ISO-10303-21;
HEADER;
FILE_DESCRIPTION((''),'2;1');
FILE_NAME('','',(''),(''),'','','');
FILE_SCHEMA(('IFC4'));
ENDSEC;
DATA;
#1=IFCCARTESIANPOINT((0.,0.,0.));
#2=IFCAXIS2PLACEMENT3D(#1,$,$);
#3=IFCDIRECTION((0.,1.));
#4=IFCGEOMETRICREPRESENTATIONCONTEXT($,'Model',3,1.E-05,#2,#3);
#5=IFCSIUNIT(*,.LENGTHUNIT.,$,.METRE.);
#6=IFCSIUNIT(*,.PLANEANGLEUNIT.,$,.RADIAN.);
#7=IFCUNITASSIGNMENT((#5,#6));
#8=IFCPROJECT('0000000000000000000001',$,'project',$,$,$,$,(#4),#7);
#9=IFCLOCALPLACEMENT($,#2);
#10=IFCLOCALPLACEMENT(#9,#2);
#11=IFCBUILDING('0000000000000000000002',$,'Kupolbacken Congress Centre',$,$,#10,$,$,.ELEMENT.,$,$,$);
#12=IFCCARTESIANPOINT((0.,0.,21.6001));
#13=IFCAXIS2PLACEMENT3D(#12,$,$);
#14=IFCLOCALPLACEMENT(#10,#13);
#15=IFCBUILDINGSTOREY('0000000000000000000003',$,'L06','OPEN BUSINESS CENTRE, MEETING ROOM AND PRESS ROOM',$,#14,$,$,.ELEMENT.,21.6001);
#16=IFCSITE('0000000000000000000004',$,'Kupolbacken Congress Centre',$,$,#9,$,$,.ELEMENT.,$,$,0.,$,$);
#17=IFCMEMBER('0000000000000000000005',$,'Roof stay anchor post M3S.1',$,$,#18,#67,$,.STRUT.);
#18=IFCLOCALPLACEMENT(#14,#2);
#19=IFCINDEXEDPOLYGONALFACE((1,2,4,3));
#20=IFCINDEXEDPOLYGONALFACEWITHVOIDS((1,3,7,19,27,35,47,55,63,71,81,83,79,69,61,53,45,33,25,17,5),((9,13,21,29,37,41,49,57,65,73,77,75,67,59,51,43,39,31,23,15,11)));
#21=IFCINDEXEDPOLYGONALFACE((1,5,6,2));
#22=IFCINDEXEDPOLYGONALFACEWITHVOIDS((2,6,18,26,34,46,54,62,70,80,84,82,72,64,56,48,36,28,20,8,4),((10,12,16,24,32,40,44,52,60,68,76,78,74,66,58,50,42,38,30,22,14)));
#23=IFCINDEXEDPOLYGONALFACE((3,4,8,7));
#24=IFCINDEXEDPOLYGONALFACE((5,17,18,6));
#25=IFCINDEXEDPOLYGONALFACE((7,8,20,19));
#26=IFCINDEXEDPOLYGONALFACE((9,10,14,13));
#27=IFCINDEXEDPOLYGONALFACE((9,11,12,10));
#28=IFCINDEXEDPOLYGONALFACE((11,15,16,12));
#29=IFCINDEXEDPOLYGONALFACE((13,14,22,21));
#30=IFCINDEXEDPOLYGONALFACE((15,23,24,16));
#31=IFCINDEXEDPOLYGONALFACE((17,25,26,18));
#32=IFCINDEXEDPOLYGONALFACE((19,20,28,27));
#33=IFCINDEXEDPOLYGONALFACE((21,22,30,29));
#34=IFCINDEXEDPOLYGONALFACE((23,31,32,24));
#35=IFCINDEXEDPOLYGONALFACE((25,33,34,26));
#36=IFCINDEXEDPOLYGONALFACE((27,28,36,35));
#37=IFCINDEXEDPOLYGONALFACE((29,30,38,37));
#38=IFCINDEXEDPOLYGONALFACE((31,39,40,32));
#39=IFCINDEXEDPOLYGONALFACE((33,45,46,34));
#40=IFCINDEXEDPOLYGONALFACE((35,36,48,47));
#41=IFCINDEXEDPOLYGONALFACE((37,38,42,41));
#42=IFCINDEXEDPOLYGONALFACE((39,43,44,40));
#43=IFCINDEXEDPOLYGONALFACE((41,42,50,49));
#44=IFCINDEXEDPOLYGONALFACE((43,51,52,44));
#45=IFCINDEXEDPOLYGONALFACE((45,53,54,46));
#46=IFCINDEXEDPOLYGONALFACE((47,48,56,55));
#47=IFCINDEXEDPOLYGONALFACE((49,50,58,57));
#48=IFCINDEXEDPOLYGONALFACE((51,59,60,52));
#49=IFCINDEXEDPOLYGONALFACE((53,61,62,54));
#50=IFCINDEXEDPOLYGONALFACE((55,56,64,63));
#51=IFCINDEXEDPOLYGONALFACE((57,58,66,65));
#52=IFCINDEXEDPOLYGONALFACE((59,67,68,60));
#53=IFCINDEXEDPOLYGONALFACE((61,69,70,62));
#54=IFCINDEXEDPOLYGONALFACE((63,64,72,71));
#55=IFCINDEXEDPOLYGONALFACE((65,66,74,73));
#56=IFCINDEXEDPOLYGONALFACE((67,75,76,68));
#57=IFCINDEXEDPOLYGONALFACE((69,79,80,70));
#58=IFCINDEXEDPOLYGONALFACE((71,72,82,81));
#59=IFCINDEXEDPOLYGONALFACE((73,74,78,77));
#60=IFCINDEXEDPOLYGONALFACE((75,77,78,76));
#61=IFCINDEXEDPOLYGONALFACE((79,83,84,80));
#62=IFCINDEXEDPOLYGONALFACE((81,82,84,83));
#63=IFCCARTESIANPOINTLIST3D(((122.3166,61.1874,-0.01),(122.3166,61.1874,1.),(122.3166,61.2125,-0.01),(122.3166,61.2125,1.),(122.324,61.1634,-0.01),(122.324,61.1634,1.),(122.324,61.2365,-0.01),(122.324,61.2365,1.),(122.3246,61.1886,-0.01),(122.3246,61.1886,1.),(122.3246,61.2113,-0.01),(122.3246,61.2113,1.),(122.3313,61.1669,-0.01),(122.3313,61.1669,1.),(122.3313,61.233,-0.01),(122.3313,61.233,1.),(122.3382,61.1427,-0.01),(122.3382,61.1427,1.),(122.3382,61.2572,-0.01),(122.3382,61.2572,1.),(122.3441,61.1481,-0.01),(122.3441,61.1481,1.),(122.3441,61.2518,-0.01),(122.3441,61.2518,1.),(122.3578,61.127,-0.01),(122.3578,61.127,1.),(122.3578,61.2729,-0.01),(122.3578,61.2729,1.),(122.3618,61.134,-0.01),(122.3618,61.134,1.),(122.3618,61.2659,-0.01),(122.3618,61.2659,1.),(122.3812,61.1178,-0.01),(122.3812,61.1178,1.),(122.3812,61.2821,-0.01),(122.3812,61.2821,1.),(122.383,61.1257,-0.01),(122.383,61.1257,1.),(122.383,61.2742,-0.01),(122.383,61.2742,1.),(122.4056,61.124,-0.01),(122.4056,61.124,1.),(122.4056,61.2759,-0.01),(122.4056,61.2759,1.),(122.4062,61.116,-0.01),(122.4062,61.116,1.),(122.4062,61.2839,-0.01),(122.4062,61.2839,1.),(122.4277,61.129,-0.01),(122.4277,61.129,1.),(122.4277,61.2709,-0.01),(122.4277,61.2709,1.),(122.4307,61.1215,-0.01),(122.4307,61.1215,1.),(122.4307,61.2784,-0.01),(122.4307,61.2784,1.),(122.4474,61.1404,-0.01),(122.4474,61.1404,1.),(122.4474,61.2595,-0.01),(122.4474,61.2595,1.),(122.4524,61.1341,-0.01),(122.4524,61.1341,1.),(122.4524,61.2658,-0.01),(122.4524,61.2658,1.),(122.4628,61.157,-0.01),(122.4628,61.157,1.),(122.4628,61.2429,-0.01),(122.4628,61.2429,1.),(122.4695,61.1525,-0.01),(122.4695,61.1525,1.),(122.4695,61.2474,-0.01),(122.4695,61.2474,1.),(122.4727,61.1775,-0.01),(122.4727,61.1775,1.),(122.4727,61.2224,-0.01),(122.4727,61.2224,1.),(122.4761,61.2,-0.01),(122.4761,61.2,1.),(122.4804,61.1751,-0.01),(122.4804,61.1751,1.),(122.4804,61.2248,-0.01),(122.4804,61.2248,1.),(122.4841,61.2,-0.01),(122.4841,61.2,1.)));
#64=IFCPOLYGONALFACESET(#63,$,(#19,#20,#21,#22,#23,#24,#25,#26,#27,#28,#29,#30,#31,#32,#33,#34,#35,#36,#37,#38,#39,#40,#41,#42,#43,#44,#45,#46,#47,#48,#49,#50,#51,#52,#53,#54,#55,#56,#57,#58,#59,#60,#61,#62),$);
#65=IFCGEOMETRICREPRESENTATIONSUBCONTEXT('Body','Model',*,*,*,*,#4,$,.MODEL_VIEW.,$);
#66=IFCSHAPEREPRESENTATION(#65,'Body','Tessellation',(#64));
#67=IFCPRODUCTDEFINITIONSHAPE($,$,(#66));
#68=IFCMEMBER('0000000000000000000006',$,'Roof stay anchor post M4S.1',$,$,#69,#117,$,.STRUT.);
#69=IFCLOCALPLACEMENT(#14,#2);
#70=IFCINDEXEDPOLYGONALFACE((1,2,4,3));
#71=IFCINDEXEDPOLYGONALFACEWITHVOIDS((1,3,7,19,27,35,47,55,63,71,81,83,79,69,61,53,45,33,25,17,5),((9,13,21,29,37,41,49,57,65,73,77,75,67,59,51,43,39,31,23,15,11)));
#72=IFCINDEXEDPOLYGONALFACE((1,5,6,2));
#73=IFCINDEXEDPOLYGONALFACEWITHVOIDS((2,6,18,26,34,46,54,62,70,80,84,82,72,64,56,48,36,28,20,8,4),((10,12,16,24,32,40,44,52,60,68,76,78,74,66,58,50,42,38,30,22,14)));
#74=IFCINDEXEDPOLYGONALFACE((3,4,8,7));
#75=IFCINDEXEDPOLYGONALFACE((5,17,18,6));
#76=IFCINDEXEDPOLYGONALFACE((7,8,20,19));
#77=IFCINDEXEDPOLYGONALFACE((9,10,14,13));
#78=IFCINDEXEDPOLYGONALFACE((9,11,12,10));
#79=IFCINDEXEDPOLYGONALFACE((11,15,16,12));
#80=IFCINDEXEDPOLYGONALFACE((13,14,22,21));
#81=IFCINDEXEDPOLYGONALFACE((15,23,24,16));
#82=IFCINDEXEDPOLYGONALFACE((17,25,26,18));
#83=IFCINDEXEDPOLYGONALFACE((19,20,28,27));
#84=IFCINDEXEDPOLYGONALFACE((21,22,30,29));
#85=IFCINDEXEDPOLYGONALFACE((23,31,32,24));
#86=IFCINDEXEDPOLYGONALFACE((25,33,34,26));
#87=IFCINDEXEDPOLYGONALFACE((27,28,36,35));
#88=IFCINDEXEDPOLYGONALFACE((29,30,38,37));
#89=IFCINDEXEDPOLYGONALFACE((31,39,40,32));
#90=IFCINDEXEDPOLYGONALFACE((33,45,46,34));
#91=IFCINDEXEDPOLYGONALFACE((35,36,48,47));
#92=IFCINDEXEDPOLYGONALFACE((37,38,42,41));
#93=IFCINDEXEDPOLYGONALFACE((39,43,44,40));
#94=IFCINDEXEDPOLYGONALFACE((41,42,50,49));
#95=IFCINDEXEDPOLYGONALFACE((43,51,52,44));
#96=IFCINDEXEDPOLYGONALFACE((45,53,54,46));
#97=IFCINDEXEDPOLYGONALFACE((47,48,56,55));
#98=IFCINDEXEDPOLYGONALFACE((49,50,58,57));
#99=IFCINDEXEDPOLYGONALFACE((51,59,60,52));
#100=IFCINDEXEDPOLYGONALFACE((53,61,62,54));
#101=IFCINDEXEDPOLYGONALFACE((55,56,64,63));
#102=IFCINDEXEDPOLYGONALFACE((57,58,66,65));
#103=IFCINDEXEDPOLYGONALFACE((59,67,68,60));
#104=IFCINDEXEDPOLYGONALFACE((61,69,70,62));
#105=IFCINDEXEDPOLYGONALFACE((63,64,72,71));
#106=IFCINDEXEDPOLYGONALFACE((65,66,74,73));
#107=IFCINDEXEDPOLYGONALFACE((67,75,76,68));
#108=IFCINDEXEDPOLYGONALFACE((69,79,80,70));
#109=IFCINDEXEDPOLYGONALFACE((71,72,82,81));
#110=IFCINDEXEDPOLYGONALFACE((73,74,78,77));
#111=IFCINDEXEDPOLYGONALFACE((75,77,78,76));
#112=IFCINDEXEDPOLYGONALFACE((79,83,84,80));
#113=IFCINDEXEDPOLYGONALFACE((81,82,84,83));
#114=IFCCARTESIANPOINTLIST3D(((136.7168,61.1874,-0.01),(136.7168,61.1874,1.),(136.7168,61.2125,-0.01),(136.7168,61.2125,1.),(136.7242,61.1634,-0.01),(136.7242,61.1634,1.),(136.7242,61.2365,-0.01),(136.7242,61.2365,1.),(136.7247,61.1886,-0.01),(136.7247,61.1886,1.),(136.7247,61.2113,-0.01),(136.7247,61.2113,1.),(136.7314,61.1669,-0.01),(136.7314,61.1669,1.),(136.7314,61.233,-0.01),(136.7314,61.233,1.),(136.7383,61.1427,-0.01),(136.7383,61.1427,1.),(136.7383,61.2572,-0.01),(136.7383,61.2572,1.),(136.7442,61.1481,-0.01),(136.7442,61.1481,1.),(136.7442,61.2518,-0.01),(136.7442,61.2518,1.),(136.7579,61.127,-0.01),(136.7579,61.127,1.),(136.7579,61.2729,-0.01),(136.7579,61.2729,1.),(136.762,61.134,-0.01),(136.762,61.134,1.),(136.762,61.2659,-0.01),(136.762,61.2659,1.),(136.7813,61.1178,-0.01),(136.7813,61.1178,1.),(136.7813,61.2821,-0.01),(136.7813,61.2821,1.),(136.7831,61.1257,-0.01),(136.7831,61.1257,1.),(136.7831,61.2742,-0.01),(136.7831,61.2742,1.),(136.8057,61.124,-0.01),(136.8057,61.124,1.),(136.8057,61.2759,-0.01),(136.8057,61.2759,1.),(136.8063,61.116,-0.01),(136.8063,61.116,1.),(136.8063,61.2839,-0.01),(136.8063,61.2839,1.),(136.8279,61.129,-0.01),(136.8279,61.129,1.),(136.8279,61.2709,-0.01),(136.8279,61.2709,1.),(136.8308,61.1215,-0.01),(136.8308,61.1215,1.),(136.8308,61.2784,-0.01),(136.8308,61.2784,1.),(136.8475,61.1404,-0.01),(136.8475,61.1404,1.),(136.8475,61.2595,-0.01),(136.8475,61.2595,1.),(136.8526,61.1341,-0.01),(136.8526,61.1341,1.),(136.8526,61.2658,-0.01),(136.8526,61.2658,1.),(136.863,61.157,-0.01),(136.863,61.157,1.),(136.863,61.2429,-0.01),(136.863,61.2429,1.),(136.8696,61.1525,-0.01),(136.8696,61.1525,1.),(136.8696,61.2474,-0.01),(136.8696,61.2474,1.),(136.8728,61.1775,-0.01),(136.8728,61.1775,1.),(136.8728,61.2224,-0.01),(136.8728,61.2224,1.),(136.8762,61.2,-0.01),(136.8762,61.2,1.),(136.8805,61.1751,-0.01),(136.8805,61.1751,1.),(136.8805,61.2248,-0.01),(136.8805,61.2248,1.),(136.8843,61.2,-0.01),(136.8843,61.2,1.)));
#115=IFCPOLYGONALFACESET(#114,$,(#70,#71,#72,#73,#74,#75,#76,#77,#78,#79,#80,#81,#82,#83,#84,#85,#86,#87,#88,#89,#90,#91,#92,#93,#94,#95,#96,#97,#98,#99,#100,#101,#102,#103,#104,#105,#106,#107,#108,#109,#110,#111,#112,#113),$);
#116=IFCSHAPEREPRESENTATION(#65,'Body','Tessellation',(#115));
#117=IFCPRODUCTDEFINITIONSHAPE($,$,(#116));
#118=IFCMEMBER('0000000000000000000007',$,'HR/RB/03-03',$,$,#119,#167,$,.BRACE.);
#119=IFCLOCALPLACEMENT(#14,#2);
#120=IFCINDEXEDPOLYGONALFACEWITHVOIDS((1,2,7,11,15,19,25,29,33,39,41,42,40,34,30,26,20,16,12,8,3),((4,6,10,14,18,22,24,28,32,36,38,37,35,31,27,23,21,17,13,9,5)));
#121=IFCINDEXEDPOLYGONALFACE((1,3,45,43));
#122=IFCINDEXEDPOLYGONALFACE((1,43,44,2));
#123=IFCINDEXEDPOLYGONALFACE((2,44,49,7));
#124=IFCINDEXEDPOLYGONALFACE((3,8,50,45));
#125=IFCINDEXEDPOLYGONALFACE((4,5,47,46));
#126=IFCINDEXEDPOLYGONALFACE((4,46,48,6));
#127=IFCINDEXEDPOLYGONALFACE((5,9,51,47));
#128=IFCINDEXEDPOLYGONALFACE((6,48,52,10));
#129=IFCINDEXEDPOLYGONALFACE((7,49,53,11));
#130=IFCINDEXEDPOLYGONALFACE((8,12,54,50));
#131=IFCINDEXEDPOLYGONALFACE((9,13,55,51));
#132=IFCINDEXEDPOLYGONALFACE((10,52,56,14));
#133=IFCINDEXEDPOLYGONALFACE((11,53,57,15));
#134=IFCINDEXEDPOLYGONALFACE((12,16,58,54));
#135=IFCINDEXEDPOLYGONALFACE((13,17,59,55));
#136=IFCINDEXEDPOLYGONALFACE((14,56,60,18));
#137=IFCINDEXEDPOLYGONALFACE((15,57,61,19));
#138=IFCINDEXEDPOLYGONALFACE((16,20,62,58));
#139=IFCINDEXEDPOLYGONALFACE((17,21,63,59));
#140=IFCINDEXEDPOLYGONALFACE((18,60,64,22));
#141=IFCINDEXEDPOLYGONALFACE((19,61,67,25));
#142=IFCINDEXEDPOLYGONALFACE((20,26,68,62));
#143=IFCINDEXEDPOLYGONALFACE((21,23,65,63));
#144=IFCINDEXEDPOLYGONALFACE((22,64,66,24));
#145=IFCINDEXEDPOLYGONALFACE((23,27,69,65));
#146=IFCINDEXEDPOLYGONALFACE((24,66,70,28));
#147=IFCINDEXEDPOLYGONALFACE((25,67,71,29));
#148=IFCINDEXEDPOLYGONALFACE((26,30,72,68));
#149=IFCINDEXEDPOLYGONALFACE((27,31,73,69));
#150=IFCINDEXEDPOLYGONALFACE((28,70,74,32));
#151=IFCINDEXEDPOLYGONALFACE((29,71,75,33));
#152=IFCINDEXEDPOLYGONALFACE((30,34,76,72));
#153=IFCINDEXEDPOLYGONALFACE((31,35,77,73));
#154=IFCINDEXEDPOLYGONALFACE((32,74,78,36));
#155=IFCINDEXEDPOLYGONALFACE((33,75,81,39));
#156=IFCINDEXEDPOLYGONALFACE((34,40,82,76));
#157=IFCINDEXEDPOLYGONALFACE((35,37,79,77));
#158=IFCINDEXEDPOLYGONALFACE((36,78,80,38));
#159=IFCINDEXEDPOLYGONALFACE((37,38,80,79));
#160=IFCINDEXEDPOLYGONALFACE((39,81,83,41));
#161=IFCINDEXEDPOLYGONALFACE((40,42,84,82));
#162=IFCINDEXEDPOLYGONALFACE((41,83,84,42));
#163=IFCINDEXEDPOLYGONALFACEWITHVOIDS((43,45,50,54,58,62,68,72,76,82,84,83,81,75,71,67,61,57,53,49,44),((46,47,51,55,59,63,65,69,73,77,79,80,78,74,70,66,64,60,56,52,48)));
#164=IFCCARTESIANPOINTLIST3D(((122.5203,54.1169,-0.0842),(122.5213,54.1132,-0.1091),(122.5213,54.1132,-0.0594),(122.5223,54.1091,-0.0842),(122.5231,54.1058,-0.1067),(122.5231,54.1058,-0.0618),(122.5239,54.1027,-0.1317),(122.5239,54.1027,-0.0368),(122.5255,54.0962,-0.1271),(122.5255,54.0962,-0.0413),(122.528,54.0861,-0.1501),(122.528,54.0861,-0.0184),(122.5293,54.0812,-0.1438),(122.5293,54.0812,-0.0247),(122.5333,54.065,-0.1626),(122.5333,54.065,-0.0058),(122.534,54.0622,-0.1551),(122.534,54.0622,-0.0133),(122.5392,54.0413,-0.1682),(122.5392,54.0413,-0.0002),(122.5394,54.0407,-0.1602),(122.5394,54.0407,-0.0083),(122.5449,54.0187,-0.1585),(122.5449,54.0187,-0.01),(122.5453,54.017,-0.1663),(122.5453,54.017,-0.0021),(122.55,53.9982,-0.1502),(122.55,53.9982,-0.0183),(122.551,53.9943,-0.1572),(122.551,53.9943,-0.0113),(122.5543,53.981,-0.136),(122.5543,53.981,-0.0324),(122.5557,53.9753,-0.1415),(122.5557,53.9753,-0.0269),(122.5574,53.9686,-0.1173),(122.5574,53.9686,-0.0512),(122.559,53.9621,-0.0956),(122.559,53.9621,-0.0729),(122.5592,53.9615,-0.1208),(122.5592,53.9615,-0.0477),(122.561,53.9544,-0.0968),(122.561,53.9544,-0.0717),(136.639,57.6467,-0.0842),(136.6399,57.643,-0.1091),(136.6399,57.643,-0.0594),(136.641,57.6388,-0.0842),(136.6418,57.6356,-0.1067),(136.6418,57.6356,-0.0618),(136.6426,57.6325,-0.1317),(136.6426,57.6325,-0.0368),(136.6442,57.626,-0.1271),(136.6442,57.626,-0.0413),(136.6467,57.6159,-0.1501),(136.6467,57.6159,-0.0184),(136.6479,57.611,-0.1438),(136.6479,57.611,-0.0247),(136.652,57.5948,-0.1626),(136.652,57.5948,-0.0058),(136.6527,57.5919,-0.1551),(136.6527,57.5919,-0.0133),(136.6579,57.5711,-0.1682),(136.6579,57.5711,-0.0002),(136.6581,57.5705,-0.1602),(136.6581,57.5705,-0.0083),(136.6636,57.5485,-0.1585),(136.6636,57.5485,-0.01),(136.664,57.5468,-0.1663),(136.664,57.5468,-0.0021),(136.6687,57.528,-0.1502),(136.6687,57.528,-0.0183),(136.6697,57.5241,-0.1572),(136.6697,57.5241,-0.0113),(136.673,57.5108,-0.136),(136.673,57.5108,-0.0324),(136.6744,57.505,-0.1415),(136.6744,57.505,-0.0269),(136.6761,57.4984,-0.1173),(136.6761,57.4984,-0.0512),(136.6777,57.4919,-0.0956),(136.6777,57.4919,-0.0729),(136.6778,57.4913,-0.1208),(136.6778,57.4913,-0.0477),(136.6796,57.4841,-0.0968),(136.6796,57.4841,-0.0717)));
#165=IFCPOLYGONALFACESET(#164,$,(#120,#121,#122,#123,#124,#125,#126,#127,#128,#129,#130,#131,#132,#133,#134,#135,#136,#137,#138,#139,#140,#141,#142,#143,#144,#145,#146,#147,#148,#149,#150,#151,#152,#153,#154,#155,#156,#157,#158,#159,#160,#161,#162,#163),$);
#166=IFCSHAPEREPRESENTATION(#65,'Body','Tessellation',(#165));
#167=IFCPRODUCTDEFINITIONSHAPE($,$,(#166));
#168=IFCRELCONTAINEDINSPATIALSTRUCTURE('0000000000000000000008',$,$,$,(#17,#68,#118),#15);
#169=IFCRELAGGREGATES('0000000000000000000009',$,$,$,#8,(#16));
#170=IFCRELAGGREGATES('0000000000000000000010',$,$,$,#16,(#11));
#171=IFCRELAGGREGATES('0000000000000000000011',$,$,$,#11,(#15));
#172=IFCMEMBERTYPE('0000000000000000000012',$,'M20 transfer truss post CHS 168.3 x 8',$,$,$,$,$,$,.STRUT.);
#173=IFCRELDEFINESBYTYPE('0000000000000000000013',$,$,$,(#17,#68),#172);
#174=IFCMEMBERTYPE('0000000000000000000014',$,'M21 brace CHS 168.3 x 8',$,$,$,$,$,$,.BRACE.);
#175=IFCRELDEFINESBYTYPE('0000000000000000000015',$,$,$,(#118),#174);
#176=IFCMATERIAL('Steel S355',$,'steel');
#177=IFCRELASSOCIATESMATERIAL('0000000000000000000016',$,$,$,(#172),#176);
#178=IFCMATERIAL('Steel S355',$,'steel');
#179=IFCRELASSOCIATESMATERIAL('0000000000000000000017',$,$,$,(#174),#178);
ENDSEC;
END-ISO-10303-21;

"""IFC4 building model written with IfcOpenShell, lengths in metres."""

from ifc_helpers import new_model, si_unit, direction, frame, origin, origin_2d, place, context, subcontext, project, spatial, hollow_circle, extrude, material, material_profile, profile_set, type_object, element, save


model = new_model("IFC4")

# Units and contexts
model_context = context("Model", 3, precision=1e-05, world=origin(), true_north=direction((0.0, 1.0)))
body_context = subcontext(model_context, "Body", "Model", "MODEL_VIEW")
ifc_project = project(units=[si_unit("LENGTHUNIT", "METRE"), si_unit("PLANEANGLEUNIT", "RADIAN")], contexts=[model_context])

# Site, building, storey
site_placement = place(None, origin())
site = spatial("IfcSite", under=ifc_project, at=site_placement, Name="Kupolbacken Congress Centre", CompositionType="ELEMENT", RefElevation=0.0)
building_placement = place(site_placement, origin())
building = spatial("IfcBuilding", under=site, at=building_placement, Name="Kupolbacken Congress Centre", CompositionType="ELEMENT")
storey_placement = place(building_placement, frame((0.0, 0.0, 21.6001)))
storey = spatial("IfcBuildingStorey", under=building, at=storey_placement, Name="L06", Description="OPEN BUSINESS CENTRE, MEETING ROOM AND PRESS ROOM", CompositionType="ELEMENT", Elevation=21.6001)

# Members
ifc_material_1 = material(Name="Steel S355", Category="steel")
ifc_material_profile_1 = material_profile(ifc_material_1, hollow_circle(Radius=0.0842, WallThickness=0.0081, at=origin_2d()), Name="CHS 168.3 x 8")
ifc_profile_set_1 = profile_set([ifc_material_profile_1], Name="Steel S355")
member_type_1 = type_object("IfcMemberType", Name="M20 transfer truss post CHS 168.3 x 8", PredefinedType="STRUT", material=ifc_profile_set_1)
for number, where, z_axis, x_axis, name in (
    (1, (122.3999, 61.2, -0.01), (0.0, 0.0, 1.0), (1.0, 0.0, 0.0), "Roof stay anchor post M3S.1"),
    (2, (136.8, 61.2, -0.01), (0.0, 0.0, 1.0), (1.0, 0.0, 0.0), "Roof stay anchor post M4S.1"),
):
    element("IfcMember", number, at=place(storey_placement, frame(where, z_axis=z_axis, x_axis=x_axis)), inside=storey, type_object=member_type_1, Name=name, PredefinedType="STRUT", context=body_context, shape_type="SweptSolid", body=[
        extrude(hollow_circle(Radius=0.0842, WallThickness=0.0081, at=origin_2d()), origin(), (0.0, 0.0, 1.0), 1.01),
    ])
ifc_material_2 = material(Name="Steel S355", Category="steel")
ifc_material_profile_2 = material_profile(ifc_material_2, hollow_circle(Radius=0.0842, WallThickness=0.0081, at=origin_2d()), Name="CHS 168.3 x 8")
ifc_profile_set_2 = profile_set([ifc_material_profile_2], Name="Steel S355")
member_type_2 = type_object("IfcMemberType", Name="M21 brace CHS 168.3 x 8", PredefinedType="BRACE", material=ifc_profile_set_2)
for number, where, z_axis, x_axis, name in (
    (3, (122.5408, 54.0352, -0.0842), (0.970141, 0.242544, 0.0), (-0.242544, 0.970141, 0.0), "HR/RB/03-03"),
):
    element("IfcMember", number, at=place(storey_placement, frame(where, z_axis=z_axis, x_axis=x_axis)), inside=storey, type_object=member_type_2, Name=name, PredefinedType="BRACE", context=body_context, shape_type="SweptSolid", body=[
        extrude(hollow_circle(Radius=0.0842, WallThickness=0.0081, at=origin_2d()), origin(), (0.0, 0.0, 1.0), 14.5532),
    ])

save(model, "model.ifc")
